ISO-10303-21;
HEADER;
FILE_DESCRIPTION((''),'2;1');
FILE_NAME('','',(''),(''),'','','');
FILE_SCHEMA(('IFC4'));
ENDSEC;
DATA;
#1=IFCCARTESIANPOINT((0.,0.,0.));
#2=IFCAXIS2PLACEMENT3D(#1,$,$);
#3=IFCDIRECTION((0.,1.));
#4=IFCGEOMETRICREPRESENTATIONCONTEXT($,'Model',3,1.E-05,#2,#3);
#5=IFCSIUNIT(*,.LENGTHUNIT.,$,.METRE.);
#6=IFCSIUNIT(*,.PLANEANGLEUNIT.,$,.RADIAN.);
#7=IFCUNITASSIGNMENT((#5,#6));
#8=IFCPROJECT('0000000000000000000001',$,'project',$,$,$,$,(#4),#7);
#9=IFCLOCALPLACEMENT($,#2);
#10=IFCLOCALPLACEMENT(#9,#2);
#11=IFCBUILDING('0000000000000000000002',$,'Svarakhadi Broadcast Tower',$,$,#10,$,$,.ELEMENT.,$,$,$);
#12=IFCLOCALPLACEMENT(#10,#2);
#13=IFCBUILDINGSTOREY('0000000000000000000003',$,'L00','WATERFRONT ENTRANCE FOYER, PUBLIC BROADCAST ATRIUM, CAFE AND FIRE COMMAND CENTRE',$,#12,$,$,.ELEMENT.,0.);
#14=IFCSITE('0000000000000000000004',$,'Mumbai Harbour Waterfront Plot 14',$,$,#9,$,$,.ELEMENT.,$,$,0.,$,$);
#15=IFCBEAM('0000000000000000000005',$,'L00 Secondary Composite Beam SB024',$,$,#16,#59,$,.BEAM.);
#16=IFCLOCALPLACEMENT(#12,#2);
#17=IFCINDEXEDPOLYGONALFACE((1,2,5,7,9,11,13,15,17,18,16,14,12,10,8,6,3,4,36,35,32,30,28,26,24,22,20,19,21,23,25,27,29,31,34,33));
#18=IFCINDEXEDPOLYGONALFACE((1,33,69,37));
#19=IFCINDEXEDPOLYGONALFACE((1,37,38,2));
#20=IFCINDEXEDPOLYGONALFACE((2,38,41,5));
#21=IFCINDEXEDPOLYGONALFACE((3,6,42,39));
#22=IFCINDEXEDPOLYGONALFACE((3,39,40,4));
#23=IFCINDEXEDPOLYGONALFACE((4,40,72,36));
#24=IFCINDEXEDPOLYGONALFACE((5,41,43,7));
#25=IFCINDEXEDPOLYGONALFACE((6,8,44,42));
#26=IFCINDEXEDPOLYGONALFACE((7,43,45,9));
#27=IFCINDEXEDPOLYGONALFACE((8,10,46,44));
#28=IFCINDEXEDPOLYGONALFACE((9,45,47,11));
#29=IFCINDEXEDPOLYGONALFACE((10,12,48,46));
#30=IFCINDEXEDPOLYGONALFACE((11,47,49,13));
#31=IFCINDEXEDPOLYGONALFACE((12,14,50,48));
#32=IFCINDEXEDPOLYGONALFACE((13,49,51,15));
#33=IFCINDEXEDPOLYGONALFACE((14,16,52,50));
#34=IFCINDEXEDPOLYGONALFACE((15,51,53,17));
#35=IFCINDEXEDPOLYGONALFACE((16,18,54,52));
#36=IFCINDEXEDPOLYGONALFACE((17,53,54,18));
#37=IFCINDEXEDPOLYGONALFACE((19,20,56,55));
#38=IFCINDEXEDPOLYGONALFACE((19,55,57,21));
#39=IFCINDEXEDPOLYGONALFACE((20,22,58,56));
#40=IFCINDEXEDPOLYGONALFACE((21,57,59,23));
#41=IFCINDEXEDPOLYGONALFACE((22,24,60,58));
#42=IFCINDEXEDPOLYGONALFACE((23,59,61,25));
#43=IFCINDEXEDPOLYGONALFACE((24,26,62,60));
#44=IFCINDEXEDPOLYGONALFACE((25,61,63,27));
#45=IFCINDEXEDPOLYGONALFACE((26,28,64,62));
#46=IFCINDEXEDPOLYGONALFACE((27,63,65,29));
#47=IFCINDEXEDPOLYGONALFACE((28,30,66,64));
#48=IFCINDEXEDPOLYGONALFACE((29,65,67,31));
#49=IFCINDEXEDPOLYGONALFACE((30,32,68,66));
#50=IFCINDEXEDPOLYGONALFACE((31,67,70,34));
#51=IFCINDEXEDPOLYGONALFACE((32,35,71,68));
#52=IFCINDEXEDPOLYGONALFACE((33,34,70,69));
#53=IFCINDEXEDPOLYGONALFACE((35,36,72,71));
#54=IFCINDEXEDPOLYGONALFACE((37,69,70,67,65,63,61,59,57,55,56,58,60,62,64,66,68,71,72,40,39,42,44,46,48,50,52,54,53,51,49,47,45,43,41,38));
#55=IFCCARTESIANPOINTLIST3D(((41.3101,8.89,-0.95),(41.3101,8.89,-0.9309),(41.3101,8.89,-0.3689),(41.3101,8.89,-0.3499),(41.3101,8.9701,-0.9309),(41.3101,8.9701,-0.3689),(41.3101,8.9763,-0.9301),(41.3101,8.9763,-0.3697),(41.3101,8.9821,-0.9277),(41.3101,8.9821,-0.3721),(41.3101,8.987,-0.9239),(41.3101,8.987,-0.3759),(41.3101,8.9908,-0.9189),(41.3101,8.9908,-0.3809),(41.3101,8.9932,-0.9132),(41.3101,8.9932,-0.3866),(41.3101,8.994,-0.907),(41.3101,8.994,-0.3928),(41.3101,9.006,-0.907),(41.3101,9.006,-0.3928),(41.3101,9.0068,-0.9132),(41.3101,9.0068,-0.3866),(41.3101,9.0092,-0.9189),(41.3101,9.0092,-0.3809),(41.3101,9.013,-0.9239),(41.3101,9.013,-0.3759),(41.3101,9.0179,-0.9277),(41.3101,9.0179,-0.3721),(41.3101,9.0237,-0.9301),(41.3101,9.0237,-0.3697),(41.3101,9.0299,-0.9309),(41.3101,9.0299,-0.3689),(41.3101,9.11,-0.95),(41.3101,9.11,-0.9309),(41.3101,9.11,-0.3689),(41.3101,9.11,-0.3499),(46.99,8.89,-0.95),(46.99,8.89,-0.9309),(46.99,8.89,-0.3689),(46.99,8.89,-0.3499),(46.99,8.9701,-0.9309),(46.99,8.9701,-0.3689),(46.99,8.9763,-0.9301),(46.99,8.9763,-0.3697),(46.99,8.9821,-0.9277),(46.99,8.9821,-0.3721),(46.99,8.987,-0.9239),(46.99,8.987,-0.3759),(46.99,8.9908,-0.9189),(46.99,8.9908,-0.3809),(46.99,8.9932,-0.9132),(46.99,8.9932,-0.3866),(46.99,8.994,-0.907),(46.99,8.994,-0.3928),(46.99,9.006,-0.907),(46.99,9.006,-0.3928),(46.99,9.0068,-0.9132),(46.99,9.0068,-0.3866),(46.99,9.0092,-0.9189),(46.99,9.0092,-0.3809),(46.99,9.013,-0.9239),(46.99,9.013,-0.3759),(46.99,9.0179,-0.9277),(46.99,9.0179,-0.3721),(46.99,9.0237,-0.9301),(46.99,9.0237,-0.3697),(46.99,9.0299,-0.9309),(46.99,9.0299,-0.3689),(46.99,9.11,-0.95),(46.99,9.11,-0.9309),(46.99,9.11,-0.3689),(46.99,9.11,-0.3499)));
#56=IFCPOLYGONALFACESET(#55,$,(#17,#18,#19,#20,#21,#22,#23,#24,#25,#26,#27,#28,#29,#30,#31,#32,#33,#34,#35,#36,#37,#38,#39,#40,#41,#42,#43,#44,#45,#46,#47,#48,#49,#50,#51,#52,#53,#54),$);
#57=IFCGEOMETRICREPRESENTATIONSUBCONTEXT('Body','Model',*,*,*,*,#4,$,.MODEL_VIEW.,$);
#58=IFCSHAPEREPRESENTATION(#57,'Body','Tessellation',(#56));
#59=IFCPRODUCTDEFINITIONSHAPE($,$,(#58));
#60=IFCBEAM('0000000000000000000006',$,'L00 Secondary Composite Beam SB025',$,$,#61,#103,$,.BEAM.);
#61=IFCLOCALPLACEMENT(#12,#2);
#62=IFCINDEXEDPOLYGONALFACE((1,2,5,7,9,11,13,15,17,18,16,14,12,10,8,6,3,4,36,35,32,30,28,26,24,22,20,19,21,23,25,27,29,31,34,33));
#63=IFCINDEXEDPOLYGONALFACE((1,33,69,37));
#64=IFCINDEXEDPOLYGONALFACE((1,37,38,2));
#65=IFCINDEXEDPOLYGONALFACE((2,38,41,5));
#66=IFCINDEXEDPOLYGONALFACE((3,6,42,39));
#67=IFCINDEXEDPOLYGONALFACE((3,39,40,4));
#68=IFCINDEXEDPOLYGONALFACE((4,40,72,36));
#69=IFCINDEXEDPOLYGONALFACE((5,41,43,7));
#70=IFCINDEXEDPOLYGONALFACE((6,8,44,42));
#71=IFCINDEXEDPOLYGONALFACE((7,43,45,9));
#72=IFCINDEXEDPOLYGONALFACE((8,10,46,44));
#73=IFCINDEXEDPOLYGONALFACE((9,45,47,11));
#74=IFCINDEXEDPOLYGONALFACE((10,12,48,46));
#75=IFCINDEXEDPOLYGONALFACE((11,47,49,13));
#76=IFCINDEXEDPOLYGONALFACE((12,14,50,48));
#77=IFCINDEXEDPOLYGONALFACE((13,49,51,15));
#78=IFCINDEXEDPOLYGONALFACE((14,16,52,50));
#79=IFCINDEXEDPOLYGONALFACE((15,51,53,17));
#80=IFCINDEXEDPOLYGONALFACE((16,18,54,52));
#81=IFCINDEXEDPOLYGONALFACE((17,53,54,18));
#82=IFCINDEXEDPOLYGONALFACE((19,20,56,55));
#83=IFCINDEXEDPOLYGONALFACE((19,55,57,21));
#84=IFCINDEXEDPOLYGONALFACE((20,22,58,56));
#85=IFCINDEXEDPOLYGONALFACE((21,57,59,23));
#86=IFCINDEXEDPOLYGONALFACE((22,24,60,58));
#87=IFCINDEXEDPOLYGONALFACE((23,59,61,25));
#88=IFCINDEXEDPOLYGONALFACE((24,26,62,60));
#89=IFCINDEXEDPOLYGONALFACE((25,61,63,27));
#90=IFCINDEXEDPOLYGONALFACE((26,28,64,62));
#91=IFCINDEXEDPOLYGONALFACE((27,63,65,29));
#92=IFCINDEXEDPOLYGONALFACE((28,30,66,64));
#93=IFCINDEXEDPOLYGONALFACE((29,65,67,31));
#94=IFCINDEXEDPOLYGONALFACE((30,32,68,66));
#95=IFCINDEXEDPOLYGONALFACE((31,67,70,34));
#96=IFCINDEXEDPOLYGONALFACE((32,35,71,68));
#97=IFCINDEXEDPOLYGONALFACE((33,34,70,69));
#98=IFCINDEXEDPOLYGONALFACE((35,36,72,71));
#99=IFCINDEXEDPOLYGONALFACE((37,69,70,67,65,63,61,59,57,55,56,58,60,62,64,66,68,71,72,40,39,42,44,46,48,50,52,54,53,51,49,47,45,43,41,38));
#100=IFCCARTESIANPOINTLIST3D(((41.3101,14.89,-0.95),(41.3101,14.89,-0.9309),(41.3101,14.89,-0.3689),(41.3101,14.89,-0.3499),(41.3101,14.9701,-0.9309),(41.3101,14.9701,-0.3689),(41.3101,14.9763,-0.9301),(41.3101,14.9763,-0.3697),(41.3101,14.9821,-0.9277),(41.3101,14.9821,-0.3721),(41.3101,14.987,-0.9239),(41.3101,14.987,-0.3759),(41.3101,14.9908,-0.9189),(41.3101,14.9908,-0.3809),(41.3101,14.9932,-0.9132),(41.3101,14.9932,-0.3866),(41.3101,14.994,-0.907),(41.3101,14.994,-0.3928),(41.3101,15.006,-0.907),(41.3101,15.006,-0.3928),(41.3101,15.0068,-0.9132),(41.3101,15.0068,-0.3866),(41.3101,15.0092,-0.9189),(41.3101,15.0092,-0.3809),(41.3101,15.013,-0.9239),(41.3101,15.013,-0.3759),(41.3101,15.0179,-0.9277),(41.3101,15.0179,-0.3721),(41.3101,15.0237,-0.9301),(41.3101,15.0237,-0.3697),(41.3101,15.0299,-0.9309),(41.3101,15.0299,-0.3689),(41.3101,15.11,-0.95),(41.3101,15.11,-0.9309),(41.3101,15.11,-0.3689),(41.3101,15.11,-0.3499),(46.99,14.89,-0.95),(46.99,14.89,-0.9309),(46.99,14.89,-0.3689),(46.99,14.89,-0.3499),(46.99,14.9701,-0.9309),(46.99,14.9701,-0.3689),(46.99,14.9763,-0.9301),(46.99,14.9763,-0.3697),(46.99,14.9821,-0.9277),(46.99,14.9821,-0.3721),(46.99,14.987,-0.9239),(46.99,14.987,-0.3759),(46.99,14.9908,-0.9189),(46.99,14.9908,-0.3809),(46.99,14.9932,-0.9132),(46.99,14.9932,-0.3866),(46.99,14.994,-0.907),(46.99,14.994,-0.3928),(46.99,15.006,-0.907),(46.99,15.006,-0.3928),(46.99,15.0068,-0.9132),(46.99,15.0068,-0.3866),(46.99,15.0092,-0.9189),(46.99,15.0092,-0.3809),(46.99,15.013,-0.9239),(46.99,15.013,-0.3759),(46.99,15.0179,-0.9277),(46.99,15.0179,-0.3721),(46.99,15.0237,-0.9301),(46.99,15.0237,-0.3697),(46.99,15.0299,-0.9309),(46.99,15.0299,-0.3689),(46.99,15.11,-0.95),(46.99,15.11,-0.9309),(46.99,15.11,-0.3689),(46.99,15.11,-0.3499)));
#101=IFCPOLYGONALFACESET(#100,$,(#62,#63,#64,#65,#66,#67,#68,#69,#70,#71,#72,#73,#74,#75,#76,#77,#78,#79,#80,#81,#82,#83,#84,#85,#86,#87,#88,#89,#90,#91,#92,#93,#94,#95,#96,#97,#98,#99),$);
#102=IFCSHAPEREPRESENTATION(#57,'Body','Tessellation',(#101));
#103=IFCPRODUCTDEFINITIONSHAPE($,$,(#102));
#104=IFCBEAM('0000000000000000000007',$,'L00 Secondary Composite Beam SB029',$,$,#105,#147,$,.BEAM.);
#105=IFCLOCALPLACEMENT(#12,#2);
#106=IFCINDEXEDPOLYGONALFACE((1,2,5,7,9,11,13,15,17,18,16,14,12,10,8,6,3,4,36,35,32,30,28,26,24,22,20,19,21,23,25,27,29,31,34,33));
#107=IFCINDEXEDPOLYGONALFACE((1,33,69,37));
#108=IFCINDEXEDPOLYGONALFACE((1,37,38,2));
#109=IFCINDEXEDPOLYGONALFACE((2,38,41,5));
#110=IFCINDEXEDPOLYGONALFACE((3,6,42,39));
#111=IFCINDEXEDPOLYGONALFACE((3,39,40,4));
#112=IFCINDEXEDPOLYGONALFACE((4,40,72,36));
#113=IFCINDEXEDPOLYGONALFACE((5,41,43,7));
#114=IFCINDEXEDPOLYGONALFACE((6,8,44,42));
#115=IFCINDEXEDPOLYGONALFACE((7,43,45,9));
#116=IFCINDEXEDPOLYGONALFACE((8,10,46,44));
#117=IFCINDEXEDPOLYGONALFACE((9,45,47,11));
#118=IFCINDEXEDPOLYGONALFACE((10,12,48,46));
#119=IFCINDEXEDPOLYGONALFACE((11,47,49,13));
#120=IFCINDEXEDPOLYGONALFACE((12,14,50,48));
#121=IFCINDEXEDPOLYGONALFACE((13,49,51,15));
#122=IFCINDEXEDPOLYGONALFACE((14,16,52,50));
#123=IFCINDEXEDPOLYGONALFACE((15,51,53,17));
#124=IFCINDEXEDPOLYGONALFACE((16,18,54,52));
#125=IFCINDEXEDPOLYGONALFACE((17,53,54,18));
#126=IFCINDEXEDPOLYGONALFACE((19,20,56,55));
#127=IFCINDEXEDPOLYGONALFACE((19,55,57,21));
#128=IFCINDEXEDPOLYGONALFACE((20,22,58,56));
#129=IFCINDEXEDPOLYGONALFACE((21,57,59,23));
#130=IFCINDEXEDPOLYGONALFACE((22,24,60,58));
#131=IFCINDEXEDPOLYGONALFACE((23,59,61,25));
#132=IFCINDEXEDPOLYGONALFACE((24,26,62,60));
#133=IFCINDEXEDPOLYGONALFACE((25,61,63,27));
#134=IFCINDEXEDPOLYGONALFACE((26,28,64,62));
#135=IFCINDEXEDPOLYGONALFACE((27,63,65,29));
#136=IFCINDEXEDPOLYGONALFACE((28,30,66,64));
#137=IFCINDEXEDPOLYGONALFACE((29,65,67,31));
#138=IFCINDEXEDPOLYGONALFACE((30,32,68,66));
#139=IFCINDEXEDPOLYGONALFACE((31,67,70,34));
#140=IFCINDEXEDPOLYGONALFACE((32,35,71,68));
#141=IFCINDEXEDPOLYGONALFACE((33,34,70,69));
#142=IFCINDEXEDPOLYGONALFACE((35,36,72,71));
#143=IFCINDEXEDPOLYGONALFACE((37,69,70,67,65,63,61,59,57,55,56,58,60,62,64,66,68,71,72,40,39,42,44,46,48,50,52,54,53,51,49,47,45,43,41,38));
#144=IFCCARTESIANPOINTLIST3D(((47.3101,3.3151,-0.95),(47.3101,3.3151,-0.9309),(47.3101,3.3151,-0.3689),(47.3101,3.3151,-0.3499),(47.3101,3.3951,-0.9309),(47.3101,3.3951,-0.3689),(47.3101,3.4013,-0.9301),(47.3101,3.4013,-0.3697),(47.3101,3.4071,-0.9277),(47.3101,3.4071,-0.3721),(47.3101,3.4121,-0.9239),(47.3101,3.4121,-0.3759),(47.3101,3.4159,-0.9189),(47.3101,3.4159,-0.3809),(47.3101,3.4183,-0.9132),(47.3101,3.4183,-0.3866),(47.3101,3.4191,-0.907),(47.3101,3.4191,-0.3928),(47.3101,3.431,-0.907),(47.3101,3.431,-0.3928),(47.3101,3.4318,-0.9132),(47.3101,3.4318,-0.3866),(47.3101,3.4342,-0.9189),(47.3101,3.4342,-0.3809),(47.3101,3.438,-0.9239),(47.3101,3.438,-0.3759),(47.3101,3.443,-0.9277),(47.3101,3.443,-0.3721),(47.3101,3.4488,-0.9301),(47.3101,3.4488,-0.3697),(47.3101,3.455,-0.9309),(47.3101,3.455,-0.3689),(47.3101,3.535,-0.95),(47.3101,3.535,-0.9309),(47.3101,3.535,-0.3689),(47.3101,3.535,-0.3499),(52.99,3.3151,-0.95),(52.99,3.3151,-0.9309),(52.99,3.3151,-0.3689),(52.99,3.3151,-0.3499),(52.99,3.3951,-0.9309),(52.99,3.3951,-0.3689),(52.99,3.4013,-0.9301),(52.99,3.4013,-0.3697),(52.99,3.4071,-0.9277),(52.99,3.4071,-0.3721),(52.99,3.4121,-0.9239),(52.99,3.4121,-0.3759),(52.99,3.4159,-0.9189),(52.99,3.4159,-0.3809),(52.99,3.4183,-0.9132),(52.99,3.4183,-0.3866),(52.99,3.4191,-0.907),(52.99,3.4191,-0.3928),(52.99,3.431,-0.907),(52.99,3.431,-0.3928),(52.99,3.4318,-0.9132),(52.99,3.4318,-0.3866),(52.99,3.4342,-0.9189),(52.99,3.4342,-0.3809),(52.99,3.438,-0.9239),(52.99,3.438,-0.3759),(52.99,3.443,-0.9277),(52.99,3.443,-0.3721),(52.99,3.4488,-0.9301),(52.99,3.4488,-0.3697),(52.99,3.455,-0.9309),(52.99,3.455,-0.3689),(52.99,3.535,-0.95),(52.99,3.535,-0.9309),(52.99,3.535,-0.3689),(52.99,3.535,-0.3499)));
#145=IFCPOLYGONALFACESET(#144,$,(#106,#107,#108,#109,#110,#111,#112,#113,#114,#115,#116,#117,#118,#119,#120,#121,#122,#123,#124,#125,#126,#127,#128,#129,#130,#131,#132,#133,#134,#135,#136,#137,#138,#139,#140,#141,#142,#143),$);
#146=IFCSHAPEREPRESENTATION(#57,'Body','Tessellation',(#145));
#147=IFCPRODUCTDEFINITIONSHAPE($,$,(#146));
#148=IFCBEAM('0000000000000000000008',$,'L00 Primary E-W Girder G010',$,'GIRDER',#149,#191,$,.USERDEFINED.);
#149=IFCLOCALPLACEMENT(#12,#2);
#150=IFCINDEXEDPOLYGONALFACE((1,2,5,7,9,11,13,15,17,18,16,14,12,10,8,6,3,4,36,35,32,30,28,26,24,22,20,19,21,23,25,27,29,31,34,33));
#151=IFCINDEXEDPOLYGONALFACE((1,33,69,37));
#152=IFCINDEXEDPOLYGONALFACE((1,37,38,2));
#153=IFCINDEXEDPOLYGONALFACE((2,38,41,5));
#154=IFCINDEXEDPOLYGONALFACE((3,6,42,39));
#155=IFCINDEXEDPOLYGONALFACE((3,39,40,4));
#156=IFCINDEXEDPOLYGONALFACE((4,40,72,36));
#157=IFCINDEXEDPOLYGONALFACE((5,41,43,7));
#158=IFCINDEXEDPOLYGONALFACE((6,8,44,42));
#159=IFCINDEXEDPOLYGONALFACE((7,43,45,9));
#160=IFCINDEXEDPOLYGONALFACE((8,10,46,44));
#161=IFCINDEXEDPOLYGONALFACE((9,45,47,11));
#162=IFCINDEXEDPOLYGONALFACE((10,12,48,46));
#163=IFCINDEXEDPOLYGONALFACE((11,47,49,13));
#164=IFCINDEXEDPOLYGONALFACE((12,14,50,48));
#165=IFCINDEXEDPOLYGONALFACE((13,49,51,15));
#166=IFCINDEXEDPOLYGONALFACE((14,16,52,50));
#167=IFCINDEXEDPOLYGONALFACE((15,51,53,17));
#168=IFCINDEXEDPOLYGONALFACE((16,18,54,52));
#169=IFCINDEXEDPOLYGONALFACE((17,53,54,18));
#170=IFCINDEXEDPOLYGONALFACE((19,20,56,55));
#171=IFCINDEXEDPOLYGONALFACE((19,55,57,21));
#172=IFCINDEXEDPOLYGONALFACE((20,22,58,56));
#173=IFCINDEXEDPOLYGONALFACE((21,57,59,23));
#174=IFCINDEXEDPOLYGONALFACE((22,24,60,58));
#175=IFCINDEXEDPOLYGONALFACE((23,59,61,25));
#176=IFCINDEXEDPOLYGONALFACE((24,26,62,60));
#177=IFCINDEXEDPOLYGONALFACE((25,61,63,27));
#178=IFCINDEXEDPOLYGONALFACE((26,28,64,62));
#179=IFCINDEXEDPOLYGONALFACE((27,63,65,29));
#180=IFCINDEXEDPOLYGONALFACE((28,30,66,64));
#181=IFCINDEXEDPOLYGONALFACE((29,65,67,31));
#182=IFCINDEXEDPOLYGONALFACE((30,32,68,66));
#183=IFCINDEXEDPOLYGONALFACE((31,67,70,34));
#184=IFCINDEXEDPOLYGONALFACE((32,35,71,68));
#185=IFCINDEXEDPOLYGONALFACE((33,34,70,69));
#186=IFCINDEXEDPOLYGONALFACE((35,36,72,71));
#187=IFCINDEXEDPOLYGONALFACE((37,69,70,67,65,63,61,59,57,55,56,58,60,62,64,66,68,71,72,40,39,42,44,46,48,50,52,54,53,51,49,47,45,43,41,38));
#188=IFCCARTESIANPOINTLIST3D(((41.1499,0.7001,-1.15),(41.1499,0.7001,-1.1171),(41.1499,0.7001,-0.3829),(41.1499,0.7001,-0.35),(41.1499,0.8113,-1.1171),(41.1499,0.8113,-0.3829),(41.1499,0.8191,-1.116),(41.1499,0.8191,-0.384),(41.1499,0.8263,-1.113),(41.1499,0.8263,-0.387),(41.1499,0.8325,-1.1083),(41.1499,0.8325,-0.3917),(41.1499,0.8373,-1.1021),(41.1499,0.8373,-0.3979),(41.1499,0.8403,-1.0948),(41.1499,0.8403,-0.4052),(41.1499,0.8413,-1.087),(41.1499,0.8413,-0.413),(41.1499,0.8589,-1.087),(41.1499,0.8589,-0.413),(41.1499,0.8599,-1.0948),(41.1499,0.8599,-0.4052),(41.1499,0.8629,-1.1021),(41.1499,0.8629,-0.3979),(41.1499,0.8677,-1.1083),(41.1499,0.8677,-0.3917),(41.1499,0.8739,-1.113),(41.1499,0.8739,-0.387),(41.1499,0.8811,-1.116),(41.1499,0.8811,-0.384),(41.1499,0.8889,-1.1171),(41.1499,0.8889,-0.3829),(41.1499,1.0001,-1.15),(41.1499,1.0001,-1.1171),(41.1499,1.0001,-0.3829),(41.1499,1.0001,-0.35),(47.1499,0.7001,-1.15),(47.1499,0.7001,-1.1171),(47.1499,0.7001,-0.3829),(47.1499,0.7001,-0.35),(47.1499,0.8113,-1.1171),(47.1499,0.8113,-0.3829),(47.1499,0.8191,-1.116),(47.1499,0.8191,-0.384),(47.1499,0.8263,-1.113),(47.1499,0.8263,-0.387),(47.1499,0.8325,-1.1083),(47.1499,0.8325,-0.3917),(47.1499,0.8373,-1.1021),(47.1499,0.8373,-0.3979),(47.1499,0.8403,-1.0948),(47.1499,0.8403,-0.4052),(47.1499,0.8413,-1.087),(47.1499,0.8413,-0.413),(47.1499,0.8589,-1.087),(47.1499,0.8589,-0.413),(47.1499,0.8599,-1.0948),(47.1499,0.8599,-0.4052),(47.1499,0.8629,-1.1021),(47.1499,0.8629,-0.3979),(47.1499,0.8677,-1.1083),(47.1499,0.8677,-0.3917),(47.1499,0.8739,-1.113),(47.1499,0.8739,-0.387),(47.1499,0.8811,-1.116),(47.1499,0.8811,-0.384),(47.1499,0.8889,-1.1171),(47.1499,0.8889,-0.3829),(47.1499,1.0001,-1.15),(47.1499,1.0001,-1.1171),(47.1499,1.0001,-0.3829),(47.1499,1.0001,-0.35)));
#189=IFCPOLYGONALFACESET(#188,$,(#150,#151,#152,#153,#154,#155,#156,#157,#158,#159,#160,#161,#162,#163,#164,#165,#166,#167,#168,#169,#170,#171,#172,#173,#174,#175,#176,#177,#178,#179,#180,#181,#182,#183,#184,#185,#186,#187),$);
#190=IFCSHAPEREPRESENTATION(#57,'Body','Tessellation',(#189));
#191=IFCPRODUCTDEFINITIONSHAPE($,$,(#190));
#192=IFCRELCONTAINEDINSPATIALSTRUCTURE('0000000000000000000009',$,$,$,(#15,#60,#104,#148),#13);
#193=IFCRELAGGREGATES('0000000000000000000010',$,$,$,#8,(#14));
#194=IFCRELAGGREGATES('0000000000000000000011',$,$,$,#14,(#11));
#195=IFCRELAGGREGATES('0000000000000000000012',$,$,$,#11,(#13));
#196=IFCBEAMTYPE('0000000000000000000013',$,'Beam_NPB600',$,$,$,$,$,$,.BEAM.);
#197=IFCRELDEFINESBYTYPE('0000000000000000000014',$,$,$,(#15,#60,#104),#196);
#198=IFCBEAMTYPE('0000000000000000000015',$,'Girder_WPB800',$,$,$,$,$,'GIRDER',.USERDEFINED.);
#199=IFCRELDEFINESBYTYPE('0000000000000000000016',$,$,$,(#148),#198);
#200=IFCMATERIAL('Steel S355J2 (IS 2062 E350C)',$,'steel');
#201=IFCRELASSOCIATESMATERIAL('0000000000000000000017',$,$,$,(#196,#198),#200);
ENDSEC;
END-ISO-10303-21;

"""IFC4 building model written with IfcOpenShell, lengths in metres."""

from ifc_helpers import new_model, si_unit, direction, frame, origin, origin_2d, place, context, subcontext, project, spatial, i_section, extrude, material, material_profile, profile_set, type_object, element, save


model = new_model("IFC4")

# Units and contexts
model_context = context("Model", 3, precision=1e-05, world=origin(), true_north=direction((0.0, 1.0)))
body_context = subcontext(model_context, "Body", "Model", "MODEL_VIEW")
ifc_project = project(units=[si_unit("LENGTHUNIT", "METRE"), si_unit("PLANEANGLEUNIT", "RADIAN")], contexts=[model_context])

# Site, building, storey
site_placement = place(None, origin())
site = spatial("IfcSite", under=ifc_project, at=site_placement, Name="Mumbai Harbour Waterfront Plot 14", CompositionType="ELEMENT", RefElevation=0.0)
building_placement = place(site_placement, origin())
building = spatial("IfcBuilding", under=site, at=building_placement, Name="Svarakhadi Broadcast Tower", CompositionType="ELEMENT")
storey_placement = place(building_placement, origin())
storey = spatial("IfcBuildingStorey", under=building, at=storey_placement, Name="L00", Description="WATERFRONT ENTRANCE FOYER, PUBLIC BROADCAST ATRIUM, CAFE AND FIRE COMMAND CENTRE", CompositionType="ELEMENT", Elevation=0.0)

# Beams
ifc_material_1 = material(Name="Steel S355J2 (IS 2062 E350C)", Category="steel")
ifc_material_profile_1 = material_profile(ifc_material_1, i_section(OverallWidth=0.22, OverallDepth=0.6001, WebThickness=0.012, FlangeThickness=0.019, FilletRadius=0.0239, at=origin_2d()), Name="NPB 600x220x122")
ifc_profile_set_1 = profile_set([ifc_material_profile_1], Name="Steel S355J2 (IS 2062 E350C)")
beam_type_1 = type_object("IfcBeamType", Name="Beam_NPB600", PredefinedType="BEAM", material=ifc_profile_set_1)
for number, where, z_axis, x_axis, name in (
    (1, (41.3101, 9.0, -0.6499), (1.0, 0.0, 0.0), (0.0, 1.0, 0.0), "L00 Secondary Composite Beam SB024"),
    (2, (41.3101, 15.0, -0.6499), (1.0, 0.0, 0.0), (0.0, 1.0, 0.0), "L00 Secondary Composite Beam SB025"),
    (3, (47.3101, 3.425, -0.6499), (1.0, 0.0, 0.0), (0.0, 1.0, 0.0), "L00 Secondary Composite Beam SB029"),
):
    element("IfcBeam", number, at=place(storey_placement, frame(where, z_axis=z_axis, x_axis=x_axis)), inside=storey, type_object=beam_type_1, Name=name, PredefinedType="BEAM", context=body_context, shape_type="SweptSolid", body=[
        extrude(i_section(OverallWidth=0.22, OverallDepth=0.6001, WebThickness=0.012, FlangeThickness=0.019, FilletRadius=0.0239, at=origin_2d()), origin(), (0.0, 0.0, 1.0), 5.6799),
    ])
ifc_material_profile_2 = material_profile(ifc_material_1, i_section(OverallWidth=0.3, OverallDepth=0.8, WebThickness=0.0176, FlangeThickness=0.033, FilletRadius=0.03, at=origin_2d()), Name="WPB 800x300x262")
ifc_profile_set_2 = profile_set([ifc_material_profile_2], Name="Steel S355J2 (IS 2062 E350C)")
beam_type_2 = type_object("IfcBeamType", Name="Girder_WPB800", ElementType="GIRDER", PredefinedType="USERDEFINED", material=ifc_profile_set_2)
for number, where, z_axis, x_axis, name in (
    (4, (41.1499, 0.8501, -0.75), (1.0, 0.0, 0.0), (0.0, 1.0, 0.0), "L00 Primary E-W Girder G010"),
):
    element("IfcBeam", number, at=place(storey_placement, frame(where, z_axis=z_axis, x_axis=x_axis)), inside=storey, type_object=beam_type_2, Name=name, ObjectType="GIRDER", PredefinedType="USERDEFINED", context=body_context, shape_type="SweptSolid", body=[
        extrude(i_section(OverallWidth=0.3, OverallDepth=0.8, WebThickness=0.0176, FlangeThickness=0.033, FilletRadius=0.03, at=origin_2d()), origin(), (0.0, 0.0, 1.0), 6.0),
    ])

save(model, "model.ifc")
